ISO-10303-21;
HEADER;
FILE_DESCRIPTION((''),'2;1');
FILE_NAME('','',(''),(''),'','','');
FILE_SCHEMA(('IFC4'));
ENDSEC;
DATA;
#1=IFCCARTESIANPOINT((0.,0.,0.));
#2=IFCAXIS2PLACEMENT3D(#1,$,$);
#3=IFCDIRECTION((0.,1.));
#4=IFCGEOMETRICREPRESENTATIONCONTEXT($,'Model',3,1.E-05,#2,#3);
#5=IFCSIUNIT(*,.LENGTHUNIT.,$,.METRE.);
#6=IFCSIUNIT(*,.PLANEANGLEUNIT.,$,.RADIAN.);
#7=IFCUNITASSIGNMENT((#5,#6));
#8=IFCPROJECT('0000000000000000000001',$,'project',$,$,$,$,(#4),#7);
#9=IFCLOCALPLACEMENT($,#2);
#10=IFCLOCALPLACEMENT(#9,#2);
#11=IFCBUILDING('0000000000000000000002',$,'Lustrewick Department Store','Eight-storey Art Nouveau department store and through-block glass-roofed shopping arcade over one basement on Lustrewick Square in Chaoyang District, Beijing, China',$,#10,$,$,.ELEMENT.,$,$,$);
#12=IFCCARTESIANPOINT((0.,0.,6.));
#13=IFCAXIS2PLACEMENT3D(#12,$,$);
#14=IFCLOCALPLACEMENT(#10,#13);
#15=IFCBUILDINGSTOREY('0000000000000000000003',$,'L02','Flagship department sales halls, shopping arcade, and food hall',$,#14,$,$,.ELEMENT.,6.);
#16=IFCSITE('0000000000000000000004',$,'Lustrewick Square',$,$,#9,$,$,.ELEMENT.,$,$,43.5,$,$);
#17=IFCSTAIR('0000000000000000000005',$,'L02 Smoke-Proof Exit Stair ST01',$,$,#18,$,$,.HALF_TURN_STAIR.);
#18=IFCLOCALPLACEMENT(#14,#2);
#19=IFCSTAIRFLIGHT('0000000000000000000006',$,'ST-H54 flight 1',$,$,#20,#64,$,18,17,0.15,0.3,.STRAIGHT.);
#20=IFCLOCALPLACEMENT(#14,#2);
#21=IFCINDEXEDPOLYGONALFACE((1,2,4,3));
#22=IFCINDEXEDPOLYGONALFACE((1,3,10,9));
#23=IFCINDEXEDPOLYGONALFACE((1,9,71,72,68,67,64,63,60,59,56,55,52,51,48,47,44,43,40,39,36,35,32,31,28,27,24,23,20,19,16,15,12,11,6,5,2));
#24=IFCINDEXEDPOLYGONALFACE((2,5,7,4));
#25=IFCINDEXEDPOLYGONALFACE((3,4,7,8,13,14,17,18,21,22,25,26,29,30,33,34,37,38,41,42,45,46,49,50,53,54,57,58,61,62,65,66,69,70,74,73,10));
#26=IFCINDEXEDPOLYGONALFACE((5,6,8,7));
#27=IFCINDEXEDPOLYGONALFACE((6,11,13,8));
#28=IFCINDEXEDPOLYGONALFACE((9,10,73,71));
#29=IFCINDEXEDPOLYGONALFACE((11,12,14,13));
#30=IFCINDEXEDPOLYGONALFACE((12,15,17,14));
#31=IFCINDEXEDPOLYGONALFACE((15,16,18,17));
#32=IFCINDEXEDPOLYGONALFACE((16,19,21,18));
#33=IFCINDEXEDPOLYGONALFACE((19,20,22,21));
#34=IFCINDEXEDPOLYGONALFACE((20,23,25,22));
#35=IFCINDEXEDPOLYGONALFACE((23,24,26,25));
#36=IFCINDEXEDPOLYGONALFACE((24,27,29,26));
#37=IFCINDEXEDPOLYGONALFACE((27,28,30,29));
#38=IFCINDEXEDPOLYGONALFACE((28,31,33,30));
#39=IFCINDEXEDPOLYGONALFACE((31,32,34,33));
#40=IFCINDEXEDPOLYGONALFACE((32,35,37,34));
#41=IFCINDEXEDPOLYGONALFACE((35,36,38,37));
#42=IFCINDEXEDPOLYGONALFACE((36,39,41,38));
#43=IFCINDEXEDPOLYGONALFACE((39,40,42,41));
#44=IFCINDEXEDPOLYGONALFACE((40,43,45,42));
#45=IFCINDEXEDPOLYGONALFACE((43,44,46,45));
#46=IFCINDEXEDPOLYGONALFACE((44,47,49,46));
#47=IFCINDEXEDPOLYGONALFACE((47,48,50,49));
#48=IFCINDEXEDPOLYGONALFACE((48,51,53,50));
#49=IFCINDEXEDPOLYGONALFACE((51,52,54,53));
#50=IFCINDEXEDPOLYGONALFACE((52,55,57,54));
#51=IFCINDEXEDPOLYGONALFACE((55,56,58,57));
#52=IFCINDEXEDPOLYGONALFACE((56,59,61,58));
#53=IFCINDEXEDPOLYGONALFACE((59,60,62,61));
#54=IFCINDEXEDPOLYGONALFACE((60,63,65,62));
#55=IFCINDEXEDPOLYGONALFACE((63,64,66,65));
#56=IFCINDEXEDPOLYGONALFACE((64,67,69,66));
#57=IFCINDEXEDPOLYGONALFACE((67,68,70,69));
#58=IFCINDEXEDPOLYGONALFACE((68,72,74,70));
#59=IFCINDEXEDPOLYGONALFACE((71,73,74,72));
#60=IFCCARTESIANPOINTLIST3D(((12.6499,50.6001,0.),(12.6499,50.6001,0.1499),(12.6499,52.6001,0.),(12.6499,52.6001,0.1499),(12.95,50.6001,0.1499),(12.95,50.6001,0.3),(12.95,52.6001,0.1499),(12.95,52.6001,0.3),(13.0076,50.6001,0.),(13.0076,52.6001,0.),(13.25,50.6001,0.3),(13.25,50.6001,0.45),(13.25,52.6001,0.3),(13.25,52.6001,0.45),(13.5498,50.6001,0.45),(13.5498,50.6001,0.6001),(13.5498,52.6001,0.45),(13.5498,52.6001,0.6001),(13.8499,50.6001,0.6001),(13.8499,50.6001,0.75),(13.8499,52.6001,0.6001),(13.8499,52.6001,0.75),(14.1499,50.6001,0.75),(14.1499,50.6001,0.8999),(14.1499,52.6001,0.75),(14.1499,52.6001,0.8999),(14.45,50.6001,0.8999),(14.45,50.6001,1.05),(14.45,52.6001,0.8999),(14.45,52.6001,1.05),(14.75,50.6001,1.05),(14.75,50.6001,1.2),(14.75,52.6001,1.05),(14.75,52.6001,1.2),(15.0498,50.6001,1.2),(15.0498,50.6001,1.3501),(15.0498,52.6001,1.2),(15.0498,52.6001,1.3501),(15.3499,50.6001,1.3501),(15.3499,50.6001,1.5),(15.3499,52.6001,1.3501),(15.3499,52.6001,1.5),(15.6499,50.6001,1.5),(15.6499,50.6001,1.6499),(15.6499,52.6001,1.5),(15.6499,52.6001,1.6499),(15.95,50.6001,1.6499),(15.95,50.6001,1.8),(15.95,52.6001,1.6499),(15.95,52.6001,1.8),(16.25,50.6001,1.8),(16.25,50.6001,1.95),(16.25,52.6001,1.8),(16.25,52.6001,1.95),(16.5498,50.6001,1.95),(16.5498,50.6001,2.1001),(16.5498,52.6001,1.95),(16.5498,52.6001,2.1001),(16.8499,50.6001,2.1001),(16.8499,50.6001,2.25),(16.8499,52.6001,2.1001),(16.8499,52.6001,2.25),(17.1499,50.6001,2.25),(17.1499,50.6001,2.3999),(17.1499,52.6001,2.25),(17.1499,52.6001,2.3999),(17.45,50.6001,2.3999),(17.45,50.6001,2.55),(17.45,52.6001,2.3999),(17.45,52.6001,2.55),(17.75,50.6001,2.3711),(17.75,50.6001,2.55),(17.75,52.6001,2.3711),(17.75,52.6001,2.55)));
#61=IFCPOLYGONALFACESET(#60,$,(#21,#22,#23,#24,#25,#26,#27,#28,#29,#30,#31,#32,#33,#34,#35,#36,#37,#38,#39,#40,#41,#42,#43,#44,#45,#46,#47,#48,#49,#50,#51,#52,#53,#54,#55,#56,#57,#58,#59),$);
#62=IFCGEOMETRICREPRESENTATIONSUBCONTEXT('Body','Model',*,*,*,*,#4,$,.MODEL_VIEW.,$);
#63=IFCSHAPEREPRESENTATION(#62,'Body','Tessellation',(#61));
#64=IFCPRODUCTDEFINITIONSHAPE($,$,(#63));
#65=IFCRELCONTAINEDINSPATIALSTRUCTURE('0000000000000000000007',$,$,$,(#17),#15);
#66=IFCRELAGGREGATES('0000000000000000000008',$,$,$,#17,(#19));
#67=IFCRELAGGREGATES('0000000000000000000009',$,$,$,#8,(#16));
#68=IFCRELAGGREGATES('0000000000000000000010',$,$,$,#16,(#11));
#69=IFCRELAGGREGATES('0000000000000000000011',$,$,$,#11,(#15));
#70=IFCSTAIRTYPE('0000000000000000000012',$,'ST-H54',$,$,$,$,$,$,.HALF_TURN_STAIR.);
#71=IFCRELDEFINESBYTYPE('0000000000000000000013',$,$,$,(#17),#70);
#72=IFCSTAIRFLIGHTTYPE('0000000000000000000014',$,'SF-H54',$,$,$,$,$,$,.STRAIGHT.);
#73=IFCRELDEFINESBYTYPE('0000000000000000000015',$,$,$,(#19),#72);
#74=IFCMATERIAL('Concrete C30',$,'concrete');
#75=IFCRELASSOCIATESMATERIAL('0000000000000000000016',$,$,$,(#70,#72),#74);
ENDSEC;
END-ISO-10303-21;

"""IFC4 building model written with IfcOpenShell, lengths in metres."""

from ifc_helpers import new_model, si_unit, direction, frame, origin, place, context, subcontext, project, spatial, polyline, outline, extrude, material, type_object, element, aggregate, save


model = new_model("IFC4")

# Units and contexts
model_context = context("Model", 3, precision=1e-05, world=origin(), true_north=direction((0.0, 1.0)))
body_context = subcontext(model_context, "Body", "Model", "MODEL_VIEW")
ifc_project = project(units=[si_unit("LENGTHUNIT", "METRE"), si_unit("PLANEANGLEUNIT", "RADIAN")], contexts=[model_context])

# Site, building, storey
site_placement = place(None, origin())
site = spatial("IfcSite", under=ifc_project, at=site_placement, Name="Lustrewick Square", CompositionType="ELEMENT", RefElevation=43.5)
building_placement = place(site_placement, origin())
building = spatial("IfcBuilding", under=site, at=building_placement, Name="Lustrewick Department Store", Description="Eight-storey Art Nouveau department store and through-block glass-roofed shopping arcade over one basement on Lustrewick Square in Chaoyang District, Beijing, China", CompositionType="ELEMENT")
storey_placement = place(building_placement, frame((0.0, 0.0, 6.0)))
storey = spatial("IfcBuildingStorey", under=building, at=storey_placement, Name="L02", Description="Flagship department sales halls, shopping arcade, and food hall", CompositionType="ELEMENT", Elevation=6.0)

# Stair, stair flight
ifc_material_1 = material(Name="Concrete C30", Category="concrete")
stair_type = type_object("IfcStairType", Name="ST-H54", PredefinedType="HALF_TURN_STAIR", material=ifc_material_1)
stair_placement = place(storey_placement, origin())
stair = element("IfcStair", 1, at=stair_placement, inside=storey, type_object=stair_type, Name="L02 Smoke-Proof Exit Stair ST01", PredefinedType="HALF_TURN_STAIR")
stair_flight_type = type_object("IfcStairFlightType", Name="SF-H54", PredefinedType="STRAIGHT", material=ifc_material_1)
stair_flight_placement = place(storey_placement, frame((12.6499, 51.6001, 0.0), z_axis=(0.0, 0.0, 1.0), x_axis=(1.0, 0.0, 0.0)))
stair_flight = element("IfcStairFlight", 2, at=stair_flight_placement, type_object=stair_flight_type, Name="ST-H54 flight 1", NumberOfRisers=18, NumberOfTreads=17, PredefinedType="STRAIGHT", RiserHeight=0.15, TreadLength=0.3, context=body_context, shape_type="SweptSolid", body=[
    extrude(outline(polyline([(0.0, 0.0), (0.0, 0.1499), (0.3, 0.1499), (0.3, 0.3), (0.6001, 0.3), (0.6001, 0.45), (0.8999, 0.45), (0.8999, 0.6001), (1.2, 0.6001), (1.2, 0.75), (1.5, 0.75), (1.5, 0.8999), (1.8, 0.8999), (1.8, 1.05), (2.1001, 1.05), (2.1001, 1.2), (2.3999, 1.2), (2.3999, 1.3501), (2.7, 1.3501), (2.7, 1.5), (3.0, 1.5), (3.0, 1.6499), (3.3, 1.6499), (3.3, 1.8), (3.6001, 1.8), (3.6001, 1.95), (3.8999, 1.95), (3.8999, 2.1001), (4.2, 2.1001), (4.2, 2.25), (4.5, 2.25), (4.5, 2.3999), (4.8, 2.3999), (4.8, 2.55), (5.1001, 2.55), (5.1001, 2.7), (5.1001, 2.3711), (0.3577, 0.0), (0.0, 0.0)])), frame((0.0, 1.0, 0.0), z_axis=(0.0, -1.0, 0.0), x_axis=(1.0, 0.0, 0.0)), (0.0, 0.0, 1.0), 2.0),
])
aggregate(stair, [stair_flight])

save(model, "model.ifc")
